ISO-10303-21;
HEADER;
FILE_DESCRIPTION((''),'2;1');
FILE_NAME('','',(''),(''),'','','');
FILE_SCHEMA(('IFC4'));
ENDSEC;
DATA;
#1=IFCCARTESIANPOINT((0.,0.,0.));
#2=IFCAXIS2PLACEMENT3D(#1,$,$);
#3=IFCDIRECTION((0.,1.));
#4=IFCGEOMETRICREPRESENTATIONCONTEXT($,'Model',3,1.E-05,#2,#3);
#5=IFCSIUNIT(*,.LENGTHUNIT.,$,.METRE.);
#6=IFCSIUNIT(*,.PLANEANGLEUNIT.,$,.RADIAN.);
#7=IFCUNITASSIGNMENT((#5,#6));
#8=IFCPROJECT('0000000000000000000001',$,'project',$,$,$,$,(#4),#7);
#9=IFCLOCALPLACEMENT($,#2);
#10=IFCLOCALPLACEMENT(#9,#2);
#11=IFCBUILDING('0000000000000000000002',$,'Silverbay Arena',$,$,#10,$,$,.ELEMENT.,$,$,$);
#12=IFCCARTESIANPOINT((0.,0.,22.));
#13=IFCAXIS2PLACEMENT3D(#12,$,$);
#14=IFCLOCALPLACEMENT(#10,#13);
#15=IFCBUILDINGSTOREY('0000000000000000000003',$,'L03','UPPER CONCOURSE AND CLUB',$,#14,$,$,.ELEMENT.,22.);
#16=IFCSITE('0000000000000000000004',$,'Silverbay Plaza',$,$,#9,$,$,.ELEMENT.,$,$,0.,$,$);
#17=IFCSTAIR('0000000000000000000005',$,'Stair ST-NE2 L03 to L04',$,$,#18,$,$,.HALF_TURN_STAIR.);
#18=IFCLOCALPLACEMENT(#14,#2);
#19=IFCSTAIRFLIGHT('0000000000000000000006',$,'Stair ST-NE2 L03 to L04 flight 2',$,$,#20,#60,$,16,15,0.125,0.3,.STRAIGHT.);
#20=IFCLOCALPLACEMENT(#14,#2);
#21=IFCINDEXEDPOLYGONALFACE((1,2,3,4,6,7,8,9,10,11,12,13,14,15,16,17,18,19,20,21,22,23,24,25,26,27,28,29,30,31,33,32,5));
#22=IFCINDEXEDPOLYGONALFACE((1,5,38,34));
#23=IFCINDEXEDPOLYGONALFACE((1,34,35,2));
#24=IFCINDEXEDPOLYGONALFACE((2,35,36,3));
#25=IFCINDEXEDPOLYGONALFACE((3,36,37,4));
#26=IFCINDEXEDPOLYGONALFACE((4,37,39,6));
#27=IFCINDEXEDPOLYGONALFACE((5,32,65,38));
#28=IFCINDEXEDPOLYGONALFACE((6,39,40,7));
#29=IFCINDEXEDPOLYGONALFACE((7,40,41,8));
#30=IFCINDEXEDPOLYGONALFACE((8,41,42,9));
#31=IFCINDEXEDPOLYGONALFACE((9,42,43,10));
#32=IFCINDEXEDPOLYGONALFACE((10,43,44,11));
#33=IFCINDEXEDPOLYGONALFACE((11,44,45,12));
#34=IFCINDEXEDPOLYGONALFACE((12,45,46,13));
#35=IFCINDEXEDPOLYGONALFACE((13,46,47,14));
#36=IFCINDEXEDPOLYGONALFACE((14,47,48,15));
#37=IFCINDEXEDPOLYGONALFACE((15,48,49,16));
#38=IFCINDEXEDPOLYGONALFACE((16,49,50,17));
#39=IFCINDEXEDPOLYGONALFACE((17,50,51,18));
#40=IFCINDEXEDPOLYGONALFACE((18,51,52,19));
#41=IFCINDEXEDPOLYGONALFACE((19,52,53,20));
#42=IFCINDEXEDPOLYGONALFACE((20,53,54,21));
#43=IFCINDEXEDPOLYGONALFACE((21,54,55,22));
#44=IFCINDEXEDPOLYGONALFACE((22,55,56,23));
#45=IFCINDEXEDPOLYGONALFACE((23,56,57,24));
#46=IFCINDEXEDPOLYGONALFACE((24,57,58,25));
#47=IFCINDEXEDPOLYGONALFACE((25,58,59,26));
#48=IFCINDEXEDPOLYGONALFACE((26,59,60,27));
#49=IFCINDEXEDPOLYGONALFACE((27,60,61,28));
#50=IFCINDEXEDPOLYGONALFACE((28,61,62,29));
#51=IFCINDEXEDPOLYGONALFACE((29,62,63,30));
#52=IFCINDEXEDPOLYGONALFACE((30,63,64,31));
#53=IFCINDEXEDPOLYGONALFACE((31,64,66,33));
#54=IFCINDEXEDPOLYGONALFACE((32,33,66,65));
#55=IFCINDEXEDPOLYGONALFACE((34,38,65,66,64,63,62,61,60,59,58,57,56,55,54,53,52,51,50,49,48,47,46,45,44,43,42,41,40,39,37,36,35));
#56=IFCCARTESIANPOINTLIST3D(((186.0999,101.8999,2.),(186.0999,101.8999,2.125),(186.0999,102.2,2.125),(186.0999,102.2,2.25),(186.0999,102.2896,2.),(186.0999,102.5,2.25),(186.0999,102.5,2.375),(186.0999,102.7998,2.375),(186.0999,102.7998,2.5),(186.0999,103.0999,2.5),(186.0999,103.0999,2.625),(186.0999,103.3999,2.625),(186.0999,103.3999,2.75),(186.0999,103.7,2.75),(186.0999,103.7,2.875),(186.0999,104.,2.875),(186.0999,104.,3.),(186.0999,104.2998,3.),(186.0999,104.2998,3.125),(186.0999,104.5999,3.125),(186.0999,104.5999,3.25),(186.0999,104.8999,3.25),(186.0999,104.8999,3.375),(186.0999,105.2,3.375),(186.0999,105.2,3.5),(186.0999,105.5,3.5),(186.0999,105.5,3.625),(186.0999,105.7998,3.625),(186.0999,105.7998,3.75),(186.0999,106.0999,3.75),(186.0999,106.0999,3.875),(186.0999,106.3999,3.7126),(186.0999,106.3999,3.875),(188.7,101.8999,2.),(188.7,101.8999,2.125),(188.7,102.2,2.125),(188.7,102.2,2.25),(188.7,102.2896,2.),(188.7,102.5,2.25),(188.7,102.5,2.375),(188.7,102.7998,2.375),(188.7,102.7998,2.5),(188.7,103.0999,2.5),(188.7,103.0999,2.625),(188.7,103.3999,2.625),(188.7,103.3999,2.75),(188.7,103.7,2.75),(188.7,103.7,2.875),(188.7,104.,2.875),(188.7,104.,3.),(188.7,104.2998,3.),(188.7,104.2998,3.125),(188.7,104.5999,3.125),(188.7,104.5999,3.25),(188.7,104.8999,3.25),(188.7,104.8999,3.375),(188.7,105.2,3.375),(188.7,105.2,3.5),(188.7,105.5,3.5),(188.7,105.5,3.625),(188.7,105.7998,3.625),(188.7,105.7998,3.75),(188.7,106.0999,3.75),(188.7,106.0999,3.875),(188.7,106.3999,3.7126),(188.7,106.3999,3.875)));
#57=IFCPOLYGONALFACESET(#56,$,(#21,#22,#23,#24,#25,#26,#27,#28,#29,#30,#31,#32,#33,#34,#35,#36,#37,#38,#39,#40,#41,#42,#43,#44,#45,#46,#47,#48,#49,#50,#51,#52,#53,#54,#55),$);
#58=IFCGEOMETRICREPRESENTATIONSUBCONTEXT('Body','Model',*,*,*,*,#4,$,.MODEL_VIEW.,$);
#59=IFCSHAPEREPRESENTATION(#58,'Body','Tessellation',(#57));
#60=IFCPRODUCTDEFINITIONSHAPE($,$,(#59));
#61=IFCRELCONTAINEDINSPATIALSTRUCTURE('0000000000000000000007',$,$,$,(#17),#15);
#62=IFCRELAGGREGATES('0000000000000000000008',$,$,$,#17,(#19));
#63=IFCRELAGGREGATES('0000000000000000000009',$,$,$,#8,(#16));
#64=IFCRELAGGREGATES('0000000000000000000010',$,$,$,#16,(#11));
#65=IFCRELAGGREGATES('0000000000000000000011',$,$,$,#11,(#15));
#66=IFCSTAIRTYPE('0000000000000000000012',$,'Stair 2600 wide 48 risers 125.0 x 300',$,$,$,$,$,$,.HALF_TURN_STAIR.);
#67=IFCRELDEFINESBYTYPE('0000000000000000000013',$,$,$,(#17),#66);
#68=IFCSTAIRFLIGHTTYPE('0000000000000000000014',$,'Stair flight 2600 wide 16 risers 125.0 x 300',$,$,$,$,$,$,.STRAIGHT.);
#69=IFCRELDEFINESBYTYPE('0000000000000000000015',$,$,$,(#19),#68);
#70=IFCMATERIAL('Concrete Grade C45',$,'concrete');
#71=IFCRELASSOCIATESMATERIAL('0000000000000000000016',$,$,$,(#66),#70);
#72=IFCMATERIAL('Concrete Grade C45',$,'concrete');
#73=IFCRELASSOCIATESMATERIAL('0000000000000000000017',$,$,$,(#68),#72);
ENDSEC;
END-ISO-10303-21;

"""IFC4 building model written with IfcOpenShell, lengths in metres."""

from ifc_helpers import new_model, si_unit, direction, frame, origin, place, context, subcontext, project, spatial, polyline, outline, extrude, material, type_object, element, aggregate, save


model = new_model("IFC4")

# Units and contexts
model_context = context("Model", 3, precision=1e-05, world=origin(), true_north=direction((0.0, 1.0)))
body_context = subcontext(model_context, "Body", "Model", "MODEL_VIEW")
ifc_project = project(units=[si_unit("LENGTHUNIT", "METRE"), si_unit("PLANEANGLEUNIT", "RADIAN")], contexts=[model_context])

# Site, building, storey
site_placement = place(None, origin())
site = spatial("IfcSite", under=ifc_project, at=site_placement, Name="Silverbay Plaza", CompositionType="ELEMENT", RefElevation=0.0)
building_placement = place(site_placement, origin())
building = spatial("IfcBuilding", under=site, at=building_placement, Name="Silverbay Arena", CompositionType="ELEMENT")
storey_placement = place(building_placement, frame((0.0, 0.0, 22.0)))
storey = spatial("IfcBuildingStorey", under=building, at=storey_placement, Name="L03", Description="UPPER CONCOURSE AND CLUB", CompositionType="ELEMENT", Elevation=22.0)

# Stair, stair flight
ifc_material_1 = material(Name="Concrete Grade C45", Category="concrete")
stair_type = type_object("IfcStairType", Name="Stair 2600 wide 48 risers 125.0 x 300", PredefinedType="HALF_TURN_STAIR", material=ifc_material_1)
stair_placement = place(storey_placement, origin())
stair = element("IfcStair", 1, at=stair_placement, inside=storey, type_object=stair_type, Name="Stair ST-NE2 L03 to L04", PredefinedType="HALF_TURN_STAIR")
ifc_material_2 = material(Name="Concrete Grade C45", Category="concrete")
stair_flight_type = type_object("IfcStairFlightType", Name="Stair flight 2600 wide 16 risers 125.0 x 300", PredefinedType="STRAIGHT", material=ifc_material_2)
stair_flight_placement = place(storey_placement, frame((187.3999, 101.8999, 2.0), z_axis=(0.0, 0.0, 1.0), x_axis=(0.0, 1.0, 0.0)))
stair_flight = element("IfcStairFlight", 2, at=stair_flight_placement, type_object=stair_flight_type, Name="Stair ST-NE2 L03 to L04 flight 2", NumberOfRisers=16, NumberOfTreads=15, PredefinedType="STRAIGHT", RiserHeight=0.125, TreadLength=0.3, context=body_context, shape_type="SweptSolid", body=[
    extrude(outline(polyline([(0.0, 0.0), (0.0, 0.125), (0.3, 0.125), (0.3, 0.25), (0.6001, 0.25), (0.6001, 0.375), (0.8999, 0.375), (0.8999, 0.5), (1.2, 0.5), (1.2, 0.625), (1.5, 0.625), (1.5, 0.75), (1.8, 0.75), (1.8, 0.875), (2.1001, 0.875), (2.1001, 1.0), (2.3999, 1.0), (2.3999, 1.125), (2.7, 1.125), (2.7, 1.25), (3.0, 1.25), (3.0, 1.375), (3.3, 1.375), (3.3, 1.5), (3.6001, 1.5), (3.6001, 1.625), (3.8999, 1.625), (3.8999, 1.75), (4.2, 1.75), (4.2, 1.875), (4.5, 1.875), (4.5, 1.7126), (0.3896, 0.0), (0.0, 0.0)])), frame((0.0, 1.3, 0.0), z_axis=(0.0, -1.0, 0.0), x_axis=(1.0, 0.0, 0.0)), (0.0, 0.0, 1.0), 2.6001),
])
aggregate(stair, [stair_flight])

save(model, "model.ifc")
